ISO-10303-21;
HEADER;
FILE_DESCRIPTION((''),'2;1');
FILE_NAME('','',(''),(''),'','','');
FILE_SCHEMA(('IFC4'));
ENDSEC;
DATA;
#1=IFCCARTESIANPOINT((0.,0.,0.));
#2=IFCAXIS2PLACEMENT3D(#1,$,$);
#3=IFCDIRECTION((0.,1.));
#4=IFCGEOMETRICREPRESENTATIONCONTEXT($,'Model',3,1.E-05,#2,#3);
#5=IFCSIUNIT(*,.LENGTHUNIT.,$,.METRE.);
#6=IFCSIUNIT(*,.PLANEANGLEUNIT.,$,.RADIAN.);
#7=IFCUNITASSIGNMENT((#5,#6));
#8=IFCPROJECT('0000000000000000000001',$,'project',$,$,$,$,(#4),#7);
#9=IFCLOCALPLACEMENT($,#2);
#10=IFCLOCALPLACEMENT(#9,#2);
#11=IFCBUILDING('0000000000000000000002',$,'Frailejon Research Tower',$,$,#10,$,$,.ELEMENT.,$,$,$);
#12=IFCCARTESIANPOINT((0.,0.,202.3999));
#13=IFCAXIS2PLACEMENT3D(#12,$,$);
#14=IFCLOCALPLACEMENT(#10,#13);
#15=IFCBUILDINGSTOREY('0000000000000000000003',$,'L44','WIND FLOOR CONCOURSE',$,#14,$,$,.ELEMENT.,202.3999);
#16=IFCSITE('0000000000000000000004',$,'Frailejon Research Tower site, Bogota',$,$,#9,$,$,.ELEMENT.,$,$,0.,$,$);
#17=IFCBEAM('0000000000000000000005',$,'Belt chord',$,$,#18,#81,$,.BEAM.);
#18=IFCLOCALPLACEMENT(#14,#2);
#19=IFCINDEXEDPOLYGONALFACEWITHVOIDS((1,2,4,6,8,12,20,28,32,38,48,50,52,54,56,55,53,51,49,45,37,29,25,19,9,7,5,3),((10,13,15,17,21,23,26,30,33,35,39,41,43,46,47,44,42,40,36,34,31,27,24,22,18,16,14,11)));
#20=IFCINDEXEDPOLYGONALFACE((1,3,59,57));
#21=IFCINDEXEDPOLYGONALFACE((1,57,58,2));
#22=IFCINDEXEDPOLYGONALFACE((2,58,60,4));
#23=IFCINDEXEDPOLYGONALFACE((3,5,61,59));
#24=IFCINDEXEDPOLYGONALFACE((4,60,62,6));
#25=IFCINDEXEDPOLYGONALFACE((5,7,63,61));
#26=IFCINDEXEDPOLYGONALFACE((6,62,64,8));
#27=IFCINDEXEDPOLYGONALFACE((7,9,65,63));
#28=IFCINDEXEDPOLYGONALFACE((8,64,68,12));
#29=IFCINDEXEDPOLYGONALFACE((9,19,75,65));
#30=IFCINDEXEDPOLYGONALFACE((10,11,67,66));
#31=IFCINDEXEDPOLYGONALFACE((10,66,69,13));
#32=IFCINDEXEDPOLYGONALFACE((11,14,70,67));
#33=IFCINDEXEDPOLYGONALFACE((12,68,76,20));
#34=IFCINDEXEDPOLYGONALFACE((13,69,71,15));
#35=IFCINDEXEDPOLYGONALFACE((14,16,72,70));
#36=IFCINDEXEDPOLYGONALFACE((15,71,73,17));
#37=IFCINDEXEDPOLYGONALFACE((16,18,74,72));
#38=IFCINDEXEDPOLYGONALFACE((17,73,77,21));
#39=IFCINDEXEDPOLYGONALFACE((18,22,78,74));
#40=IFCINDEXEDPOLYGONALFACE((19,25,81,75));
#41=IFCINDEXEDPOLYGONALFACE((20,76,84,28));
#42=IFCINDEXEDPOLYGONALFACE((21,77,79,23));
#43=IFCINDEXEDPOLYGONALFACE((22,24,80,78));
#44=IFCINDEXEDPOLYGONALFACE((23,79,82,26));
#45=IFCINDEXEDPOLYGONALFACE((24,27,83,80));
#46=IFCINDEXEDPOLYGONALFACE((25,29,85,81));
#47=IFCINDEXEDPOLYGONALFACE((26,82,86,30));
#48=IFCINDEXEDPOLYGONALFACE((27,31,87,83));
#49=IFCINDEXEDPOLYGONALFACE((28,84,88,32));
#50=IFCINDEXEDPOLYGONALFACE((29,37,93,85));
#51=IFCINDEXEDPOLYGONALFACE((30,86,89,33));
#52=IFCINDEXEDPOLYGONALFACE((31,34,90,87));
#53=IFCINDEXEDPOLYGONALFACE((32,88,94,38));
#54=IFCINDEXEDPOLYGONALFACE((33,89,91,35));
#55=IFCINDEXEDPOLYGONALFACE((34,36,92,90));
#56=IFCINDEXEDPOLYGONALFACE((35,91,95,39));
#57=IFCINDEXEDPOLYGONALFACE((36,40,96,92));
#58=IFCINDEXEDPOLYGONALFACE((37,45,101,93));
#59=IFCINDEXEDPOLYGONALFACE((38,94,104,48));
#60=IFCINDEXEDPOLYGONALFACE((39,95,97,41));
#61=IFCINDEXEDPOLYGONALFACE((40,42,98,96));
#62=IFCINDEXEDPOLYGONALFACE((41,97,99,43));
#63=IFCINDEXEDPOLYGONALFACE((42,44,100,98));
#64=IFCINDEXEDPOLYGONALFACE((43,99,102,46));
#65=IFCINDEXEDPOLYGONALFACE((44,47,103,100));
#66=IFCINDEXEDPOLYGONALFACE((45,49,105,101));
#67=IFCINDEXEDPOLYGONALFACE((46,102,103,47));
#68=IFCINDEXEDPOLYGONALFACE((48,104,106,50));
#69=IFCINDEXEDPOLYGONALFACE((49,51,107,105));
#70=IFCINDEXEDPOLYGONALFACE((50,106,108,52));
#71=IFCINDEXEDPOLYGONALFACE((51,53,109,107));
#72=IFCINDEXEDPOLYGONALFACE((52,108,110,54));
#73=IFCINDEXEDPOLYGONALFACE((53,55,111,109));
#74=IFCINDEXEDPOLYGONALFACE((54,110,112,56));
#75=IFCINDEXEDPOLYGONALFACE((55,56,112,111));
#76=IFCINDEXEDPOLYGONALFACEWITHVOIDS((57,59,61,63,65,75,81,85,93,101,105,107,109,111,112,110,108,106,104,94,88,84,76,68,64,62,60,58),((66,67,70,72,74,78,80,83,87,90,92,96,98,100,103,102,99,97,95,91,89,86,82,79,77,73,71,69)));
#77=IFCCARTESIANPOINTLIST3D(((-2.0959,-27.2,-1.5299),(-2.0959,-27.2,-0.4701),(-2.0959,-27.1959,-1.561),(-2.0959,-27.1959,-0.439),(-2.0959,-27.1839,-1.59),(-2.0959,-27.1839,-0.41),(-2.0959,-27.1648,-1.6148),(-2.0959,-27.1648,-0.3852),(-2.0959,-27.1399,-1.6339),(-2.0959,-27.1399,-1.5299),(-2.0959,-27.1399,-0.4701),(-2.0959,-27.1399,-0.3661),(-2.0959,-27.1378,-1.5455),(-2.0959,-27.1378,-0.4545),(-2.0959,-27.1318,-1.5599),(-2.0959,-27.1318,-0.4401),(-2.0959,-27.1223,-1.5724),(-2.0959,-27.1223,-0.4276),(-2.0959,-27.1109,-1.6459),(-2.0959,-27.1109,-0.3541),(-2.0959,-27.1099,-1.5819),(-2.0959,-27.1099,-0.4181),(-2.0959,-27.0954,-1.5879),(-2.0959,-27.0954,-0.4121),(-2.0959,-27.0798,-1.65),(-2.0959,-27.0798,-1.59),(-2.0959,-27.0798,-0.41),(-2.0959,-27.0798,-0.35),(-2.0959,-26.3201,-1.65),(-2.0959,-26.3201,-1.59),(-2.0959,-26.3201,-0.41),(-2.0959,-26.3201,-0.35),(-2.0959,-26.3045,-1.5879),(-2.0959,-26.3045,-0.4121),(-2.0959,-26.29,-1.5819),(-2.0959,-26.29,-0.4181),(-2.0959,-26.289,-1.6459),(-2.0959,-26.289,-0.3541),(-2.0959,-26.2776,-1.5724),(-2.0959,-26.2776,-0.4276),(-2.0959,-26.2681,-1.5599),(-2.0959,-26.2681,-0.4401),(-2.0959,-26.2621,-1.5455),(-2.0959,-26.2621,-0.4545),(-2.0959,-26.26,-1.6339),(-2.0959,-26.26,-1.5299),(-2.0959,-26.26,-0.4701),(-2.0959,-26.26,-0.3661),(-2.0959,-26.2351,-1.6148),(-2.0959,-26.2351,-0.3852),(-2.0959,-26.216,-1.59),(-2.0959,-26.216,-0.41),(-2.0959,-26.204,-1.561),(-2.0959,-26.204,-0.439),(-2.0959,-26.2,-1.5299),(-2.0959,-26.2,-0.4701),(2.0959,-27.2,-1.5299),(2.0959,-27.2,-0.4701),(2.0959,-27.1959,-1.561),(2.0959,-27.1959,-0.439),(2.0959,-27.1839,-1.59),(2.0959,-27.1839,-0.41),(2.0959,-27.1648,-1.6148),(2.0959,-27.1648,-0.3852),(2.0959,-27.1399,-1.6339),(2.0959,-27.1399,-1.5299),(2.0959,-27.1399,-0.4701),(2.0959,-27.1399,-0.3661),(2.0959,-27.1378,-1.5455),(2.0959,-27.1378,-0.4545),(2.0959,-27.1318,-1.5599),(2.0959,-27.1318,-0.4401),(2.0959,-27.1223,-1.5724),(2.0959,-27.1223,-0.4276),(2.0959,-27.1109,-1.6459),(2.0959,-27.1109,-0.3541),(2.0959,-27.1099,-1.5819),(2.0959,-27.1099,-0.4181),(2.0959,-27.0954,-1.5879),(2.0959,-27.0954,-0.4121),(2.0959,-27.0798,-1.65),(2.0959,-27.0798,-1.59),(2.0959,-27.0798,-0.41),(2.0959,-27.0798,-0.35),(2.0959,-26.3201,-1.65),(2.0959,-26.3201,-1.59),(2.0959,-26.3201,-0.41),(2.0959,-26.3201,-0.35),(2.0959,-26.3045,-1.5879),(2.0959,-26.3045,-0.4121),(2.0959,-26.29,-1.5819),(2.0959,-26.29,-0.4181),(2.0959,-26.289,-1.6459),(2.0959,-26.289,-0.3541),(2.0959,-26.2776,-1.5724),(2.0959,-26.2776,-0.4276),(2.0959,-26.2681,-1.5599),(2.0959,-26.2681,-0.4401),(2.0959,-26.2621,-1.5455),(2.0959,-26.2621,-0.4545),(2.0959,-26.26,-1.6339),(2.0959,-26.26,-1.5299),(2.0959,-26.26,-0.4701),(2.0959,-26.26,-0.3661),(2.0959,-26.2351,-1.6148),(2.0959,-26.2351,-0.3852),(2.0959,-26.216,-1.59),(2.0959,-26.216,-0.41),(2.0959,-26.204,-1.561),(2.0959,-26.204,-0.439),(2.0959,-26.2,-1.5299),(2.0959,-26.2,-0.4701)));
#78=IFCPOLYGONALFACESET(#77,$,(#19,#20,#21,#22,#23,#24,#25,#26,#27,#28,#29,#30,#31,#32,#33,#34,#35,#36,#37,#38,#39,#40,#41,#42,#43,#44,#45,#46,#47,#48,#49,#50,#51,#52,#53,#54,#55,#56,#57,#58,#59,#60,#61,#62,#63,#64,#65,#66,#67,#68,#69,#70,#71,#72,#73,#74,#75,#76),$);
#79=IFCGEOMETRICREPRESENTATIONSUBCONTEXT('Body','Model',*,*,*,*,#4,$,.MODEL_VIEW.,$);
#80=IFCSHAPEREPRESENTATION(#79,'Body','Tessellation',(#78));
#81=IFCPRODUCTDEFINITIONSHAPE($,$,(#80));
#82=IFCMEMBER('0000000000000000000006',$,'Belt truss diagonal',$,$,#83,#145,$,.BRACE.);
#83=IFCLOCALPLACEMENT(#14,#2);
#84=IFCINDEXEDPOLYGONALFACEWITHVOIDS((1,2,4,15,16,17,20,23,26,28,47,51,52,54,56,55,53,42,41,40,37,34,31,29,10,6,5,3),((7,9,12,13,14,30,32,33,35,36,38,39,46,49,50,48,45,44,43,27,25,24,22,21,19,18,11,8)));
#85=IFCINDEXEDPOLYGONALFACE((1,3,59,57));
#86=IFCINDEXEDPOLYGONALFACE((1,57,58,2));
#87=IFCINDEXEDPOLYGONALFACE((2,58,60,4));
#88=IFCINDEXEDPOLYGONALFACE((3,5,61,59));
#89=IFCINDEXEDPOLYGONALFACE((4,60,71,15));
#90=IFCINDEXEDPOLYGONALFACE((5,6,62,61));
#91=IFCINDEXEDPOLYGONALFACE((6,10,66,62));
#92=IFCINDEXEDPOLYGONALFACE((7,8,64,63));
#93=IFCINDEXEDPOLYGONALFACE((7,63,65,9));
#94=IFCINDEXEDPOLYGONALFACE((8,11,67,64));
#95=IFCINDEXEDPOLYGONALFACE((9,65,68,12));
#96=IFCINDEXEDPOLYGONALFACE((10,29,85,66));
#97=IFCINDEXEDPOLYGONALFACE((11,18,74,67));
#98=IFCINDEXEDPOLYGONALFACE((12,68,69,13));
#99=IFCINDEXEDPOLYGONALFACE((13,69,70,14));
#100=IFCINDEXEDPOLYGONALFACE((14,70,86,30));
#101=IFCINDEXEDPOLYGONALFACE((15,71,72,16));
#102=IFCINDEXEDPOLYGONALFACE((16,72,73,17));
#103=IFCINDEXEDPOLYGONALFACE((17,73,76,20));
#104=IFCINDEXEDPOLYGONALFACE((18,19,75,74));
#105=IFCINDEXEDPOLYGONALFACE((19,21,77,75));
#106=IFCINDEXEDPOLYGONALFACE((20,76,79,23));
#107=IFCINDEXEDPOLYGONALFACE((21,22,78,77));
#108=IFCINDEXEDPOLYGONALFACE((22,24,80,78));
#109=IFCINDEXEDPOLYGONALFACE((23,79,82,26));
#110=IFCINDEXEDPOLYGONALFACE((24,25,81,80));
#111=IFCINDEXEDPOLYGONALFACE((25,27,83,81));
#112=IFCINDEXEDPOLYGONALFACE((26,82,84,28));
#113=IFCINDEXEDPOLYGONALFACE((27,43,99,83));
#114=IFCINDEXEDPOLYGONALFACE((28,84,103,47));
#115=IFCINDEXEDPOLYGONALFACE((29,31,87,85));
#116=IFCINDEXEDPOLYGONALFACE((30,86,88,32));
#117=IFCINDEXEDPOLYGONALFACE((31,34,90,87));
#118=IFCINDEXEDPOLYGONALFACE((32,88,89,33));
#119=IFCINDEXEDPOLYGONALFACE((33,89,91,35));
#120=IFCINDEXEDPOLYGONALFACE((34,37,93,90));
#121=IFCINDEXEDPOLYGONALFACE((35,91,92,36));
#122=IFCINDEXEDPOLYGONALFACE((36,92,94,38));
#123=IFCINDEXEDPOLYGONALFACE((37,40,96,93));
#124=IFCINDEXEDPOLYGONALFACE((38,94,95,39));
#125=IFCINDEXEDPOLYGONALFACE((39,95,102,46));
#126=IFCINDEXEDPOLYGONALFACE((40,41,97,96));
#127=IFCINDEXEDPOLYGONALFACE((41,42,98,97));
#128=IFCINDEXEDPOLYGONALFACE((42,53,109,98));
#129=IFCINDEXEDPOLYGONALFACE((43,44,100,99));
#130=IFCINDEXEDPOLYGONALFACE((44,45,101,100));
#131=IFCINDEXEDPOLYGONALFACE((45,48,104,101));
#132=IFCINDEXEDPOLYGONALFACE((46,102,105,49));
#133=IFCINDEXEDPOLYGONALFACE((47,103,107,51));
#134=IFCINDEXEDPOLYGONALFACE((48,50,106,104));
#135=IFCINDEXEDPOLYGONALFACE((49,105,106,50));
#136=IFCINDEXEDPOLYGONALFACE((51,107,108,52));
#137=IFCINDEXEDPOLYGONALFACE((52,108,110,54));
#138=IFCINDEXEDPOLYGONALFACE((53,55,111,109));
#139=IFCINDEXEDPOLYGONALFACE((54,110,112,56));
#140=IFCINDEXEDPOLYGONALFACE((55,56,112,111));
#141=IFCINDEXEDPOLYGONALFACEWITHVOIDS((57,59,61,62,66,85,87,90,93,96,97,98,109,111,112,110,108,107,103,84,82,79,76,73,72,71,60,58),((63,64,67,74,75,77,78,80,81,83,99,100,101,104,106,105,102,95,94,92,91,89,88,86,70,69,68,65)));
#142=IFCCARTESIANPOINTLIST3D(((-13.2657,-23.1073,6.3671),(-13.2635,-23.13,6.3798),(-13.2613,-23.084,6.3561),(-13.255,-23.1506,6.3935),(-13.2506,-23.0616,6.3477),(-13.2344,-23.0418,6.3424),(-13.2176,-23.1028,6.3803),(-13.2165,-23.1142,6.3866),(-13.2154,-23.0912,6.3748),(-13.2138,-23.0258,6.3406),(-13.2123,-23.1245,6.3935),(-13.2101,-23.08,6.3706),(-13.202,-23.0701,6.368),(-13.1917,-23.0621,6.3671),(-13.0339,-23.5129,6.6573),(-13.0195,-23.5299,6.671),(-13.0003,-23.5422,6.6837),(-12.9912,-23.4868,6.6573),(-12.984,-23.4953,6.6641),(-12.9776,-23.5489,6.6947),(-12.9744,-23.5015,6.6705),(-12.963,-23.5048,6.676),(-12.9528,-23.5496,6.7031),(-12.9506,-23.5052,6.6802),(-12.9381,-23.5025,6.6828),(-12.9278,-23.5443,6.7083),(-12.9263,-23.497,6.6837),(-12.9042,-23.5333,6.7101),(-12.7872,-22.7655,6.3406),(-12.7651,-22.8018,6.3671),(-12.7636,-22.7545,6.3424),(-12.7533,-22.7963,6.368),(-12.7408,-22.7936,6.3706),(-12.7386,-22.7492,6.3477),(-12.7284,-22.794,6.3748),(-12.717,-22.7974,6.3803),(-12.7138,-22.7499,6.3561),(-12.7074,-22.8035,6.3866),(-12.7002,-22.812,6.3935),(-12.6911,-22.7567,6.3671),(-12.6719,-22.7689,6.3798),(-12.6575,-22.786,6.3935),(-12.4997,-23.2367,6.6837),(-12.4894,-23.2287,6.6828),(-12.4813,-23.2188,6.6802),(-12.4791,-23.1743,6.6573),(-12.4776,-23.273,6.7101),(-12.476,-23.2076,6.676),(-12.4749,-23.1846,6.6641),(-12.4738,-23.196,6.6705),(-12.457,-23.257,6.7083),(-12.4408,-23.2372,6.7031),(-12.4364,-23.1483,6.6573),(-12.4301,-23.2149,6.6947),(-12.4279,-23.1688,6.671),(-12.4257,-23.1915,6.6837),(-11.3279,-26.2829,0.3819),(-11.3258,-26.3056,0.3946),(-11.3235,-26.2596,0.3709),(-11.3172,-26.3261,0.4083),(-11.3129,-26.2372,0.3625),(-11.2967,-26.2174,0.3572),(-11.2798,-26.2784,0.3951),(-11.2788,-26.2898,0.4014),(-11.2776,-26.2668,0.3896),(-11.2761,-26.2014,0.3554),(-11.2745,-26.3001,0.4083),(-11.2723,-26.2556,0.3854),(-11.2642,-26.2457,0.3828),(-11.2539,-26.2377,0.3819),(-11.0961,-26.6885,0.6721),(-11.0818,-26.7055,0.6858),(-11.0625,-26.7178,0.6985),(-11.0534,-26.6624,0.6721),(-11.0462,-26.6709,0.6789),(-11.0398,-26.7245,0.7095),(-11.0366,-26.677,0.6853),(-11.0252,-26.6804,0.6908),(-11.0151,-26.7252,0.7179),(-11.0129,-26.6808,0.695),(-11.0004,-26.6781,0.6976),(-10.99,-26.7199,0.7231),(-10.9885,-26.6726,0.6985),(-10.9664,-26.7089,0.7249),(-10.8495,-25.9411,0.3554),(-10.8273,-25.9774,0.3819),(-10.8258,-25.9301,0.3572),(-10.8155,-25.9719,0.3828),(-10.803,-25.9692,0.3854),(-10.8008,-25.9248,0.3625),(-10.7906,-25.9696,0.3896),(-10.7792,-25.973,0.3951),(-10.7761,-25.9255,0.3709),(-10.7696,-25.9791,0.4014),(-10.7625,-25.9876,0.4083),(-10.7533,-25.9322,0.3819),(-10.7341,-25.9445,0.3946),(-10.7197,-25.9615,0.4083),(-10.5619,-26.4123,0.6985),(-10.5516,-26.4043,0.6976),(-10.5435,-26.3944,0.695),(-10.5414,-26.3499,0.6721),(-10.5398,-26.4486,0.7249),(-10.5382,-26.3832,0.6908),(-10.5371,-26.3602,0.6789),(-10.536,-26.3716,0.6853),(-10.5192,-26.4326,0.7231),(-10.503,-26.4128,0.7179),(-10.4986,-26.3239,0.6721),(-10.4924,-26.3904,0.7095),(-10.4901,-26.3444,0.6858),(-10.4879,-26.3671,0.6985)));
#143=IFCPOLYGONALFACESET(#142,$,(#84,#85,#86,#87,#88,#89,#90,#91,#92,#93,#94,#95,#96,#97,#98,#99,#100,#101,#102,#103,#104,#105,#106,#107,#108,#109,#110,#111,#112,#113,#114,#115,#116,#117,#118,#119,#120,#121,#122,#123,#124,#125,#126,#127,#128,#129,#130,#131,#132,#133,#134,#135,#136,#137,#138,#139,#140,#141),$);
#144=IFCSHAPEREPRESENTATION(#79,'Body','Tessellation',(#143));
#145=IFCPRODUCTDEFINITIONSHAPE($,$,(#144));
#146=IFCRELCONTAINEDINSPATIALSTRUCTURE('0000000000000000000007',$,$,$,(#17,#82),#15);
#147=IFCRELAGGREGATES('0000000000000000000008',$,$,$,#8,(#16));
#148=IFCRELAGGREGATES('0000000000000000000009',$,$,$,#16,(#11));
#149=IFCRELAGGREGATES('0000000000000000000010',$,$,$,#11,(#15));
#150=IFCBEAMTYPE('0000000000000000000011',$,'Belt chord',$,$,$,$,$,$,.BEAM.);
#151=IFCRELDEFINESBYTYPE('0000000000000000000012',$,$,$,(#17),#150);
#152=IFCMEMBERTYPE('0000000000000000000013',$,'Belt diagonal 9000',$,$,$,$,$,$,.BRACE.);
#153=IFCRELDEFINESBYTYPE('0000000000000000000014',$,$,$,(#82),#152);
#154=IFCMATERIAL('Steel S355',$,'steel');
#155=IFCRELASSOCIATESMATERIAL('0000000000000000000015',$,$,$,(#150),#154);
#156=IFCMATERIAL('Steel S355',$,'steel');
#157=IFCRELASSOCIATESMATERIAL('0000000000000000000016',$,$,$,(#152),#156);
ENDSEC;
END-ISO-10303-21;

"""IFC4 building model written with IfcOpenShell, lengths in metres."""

from ifc_helpers import new_model, si_unit, direction, frame, origin, origin_2d, place, context, subcontext, project, spatial, hollow_rectangle, extrude, material, material_profile, profile_set, type_object, element, save


model = new_model("IFC4")

# Units and contexts
model_context = context("Model", 3, precision=1e-05, world=origin(), true_north=direction((0.0, 1.0)))
body_context = subcontext(model_context, "Body", "Model", "MODEL_VIEW")
ifc_project = project(units=[si_unit("LENGTHUNIT", "METRE"), si_unit("PLANEANGLEUNIT", "RADIAN")], contexts=[model_context])

# Site, building, storey
site_placement = place(None, origin())
site = spatial("IfcSite", under=ifc_project, at=site_placement, Name="Frailejon Research Tower site, Bogota", CompositionType="ELEMENT", RefElevation=0.0)
building_placement = place(site_placement, origin())
building = spatial("IfcBuilding", under=site, at=building_placement, Name="Frailejon Research Tower", CompositionType="ELEMENT")
storey_placement = place(building_placement, frame((0.0, 0.0, 202.3999)))
storey = spatial("IfcBuildingStorey", under=building, at=storey_placement, Name="L44", Description="WIND FLOOR CONCOURSE", CompositionType="ELEMENT", Elevation=202.3999)

# Beam
ifc_material_1 = material(Name="Steel S355", Category="steel")
ifc_material_profile_1 = material_profile(ifc_material_1, hollow_rectangle(XDim=1.0, YDim=1.3, WallThickness=0.0601, InnerFilletRadius=0.0601, OuterFilletRadius=0.1201, at=origin_2d()), Name="Belt chord")
ifc_profile_set_1 = profile_set([ifc_material_profile_1], Name="Steel S355")
beam_type_1 = type_object("IfcBeamType", Name="Belt chord", PredefinedType="BEAM", material=ifc_profile_set_1)
for number, where, z_axis, x_axis, name in (
    (1, (-2.0959, -26.7, -1.0), (1.0, 0.0, 0.0), (0.0, 1.0, 0.0), "Belt chord"),
):
    element("IfcBeam", number, at=place(storey_placement, frame(where, z_axis=z_axis, x_axis=x_axis)), inside=storey, type_object=beam_type_1, Name=name, PredefinedType="BEAM", context=body_context, shape_type="SweptSolid", body=[
        extrude(hollow_rectangle(XDim=1.0, YDim=1.3, WallThickness=0.0601, InnerFilletRadius=0.0601, OuterFilletRadius=0.1201, at=origin_2d()), origin(), (0.0, 0.0, 1.0), 4.1919),
    ])

# Member
ifc_material_2 = material(Name="Steel S355", Category="steel")
ifc_material_profile_2 = material_profile(ifc_material_2, hollow_rectangle(XDim=0.7, YDim=0.7, WallThickness=0.05, InnerFilletRadius=0.05, OuterFilletRadius=0.1001, at=origin_2d()), Name="Belt diagonal 9000")
ifc_profile_set_2 = profile_set([ifc_material_profile_2], Name="Steel S355")
member_type = type_object("IfcMemberType", Name="Belt diagonal 9000", PredefinedType="BRACE", material=ifc_profile_set_2)
member_1_placement = place(storey_placement, frame((-12.8457, -23.1494, 6.5254), z_axis=(0.274974, -0.450622, -0.849311), x_axis=(0.853624, 0.52089, 0.0)))
element("IfcMember", 2, at=member_1_placement, inside=storey, type_object=member_type, Name="Belt truss diagonal", PredefinedType="BRACE", context=body_context, shape_type="SweptSolid", body=[
    extrude(hollow_rectangle(XDim=0.7, YDim=0.7, WallThickness=0.05, InnerFilletRadius=0.05, OuterFilletRadius=0.1001, at=origin_2d()), origin(), (0.0, 0.0, 1.0), 7.0471),
])

save(model, "model.ifc")
